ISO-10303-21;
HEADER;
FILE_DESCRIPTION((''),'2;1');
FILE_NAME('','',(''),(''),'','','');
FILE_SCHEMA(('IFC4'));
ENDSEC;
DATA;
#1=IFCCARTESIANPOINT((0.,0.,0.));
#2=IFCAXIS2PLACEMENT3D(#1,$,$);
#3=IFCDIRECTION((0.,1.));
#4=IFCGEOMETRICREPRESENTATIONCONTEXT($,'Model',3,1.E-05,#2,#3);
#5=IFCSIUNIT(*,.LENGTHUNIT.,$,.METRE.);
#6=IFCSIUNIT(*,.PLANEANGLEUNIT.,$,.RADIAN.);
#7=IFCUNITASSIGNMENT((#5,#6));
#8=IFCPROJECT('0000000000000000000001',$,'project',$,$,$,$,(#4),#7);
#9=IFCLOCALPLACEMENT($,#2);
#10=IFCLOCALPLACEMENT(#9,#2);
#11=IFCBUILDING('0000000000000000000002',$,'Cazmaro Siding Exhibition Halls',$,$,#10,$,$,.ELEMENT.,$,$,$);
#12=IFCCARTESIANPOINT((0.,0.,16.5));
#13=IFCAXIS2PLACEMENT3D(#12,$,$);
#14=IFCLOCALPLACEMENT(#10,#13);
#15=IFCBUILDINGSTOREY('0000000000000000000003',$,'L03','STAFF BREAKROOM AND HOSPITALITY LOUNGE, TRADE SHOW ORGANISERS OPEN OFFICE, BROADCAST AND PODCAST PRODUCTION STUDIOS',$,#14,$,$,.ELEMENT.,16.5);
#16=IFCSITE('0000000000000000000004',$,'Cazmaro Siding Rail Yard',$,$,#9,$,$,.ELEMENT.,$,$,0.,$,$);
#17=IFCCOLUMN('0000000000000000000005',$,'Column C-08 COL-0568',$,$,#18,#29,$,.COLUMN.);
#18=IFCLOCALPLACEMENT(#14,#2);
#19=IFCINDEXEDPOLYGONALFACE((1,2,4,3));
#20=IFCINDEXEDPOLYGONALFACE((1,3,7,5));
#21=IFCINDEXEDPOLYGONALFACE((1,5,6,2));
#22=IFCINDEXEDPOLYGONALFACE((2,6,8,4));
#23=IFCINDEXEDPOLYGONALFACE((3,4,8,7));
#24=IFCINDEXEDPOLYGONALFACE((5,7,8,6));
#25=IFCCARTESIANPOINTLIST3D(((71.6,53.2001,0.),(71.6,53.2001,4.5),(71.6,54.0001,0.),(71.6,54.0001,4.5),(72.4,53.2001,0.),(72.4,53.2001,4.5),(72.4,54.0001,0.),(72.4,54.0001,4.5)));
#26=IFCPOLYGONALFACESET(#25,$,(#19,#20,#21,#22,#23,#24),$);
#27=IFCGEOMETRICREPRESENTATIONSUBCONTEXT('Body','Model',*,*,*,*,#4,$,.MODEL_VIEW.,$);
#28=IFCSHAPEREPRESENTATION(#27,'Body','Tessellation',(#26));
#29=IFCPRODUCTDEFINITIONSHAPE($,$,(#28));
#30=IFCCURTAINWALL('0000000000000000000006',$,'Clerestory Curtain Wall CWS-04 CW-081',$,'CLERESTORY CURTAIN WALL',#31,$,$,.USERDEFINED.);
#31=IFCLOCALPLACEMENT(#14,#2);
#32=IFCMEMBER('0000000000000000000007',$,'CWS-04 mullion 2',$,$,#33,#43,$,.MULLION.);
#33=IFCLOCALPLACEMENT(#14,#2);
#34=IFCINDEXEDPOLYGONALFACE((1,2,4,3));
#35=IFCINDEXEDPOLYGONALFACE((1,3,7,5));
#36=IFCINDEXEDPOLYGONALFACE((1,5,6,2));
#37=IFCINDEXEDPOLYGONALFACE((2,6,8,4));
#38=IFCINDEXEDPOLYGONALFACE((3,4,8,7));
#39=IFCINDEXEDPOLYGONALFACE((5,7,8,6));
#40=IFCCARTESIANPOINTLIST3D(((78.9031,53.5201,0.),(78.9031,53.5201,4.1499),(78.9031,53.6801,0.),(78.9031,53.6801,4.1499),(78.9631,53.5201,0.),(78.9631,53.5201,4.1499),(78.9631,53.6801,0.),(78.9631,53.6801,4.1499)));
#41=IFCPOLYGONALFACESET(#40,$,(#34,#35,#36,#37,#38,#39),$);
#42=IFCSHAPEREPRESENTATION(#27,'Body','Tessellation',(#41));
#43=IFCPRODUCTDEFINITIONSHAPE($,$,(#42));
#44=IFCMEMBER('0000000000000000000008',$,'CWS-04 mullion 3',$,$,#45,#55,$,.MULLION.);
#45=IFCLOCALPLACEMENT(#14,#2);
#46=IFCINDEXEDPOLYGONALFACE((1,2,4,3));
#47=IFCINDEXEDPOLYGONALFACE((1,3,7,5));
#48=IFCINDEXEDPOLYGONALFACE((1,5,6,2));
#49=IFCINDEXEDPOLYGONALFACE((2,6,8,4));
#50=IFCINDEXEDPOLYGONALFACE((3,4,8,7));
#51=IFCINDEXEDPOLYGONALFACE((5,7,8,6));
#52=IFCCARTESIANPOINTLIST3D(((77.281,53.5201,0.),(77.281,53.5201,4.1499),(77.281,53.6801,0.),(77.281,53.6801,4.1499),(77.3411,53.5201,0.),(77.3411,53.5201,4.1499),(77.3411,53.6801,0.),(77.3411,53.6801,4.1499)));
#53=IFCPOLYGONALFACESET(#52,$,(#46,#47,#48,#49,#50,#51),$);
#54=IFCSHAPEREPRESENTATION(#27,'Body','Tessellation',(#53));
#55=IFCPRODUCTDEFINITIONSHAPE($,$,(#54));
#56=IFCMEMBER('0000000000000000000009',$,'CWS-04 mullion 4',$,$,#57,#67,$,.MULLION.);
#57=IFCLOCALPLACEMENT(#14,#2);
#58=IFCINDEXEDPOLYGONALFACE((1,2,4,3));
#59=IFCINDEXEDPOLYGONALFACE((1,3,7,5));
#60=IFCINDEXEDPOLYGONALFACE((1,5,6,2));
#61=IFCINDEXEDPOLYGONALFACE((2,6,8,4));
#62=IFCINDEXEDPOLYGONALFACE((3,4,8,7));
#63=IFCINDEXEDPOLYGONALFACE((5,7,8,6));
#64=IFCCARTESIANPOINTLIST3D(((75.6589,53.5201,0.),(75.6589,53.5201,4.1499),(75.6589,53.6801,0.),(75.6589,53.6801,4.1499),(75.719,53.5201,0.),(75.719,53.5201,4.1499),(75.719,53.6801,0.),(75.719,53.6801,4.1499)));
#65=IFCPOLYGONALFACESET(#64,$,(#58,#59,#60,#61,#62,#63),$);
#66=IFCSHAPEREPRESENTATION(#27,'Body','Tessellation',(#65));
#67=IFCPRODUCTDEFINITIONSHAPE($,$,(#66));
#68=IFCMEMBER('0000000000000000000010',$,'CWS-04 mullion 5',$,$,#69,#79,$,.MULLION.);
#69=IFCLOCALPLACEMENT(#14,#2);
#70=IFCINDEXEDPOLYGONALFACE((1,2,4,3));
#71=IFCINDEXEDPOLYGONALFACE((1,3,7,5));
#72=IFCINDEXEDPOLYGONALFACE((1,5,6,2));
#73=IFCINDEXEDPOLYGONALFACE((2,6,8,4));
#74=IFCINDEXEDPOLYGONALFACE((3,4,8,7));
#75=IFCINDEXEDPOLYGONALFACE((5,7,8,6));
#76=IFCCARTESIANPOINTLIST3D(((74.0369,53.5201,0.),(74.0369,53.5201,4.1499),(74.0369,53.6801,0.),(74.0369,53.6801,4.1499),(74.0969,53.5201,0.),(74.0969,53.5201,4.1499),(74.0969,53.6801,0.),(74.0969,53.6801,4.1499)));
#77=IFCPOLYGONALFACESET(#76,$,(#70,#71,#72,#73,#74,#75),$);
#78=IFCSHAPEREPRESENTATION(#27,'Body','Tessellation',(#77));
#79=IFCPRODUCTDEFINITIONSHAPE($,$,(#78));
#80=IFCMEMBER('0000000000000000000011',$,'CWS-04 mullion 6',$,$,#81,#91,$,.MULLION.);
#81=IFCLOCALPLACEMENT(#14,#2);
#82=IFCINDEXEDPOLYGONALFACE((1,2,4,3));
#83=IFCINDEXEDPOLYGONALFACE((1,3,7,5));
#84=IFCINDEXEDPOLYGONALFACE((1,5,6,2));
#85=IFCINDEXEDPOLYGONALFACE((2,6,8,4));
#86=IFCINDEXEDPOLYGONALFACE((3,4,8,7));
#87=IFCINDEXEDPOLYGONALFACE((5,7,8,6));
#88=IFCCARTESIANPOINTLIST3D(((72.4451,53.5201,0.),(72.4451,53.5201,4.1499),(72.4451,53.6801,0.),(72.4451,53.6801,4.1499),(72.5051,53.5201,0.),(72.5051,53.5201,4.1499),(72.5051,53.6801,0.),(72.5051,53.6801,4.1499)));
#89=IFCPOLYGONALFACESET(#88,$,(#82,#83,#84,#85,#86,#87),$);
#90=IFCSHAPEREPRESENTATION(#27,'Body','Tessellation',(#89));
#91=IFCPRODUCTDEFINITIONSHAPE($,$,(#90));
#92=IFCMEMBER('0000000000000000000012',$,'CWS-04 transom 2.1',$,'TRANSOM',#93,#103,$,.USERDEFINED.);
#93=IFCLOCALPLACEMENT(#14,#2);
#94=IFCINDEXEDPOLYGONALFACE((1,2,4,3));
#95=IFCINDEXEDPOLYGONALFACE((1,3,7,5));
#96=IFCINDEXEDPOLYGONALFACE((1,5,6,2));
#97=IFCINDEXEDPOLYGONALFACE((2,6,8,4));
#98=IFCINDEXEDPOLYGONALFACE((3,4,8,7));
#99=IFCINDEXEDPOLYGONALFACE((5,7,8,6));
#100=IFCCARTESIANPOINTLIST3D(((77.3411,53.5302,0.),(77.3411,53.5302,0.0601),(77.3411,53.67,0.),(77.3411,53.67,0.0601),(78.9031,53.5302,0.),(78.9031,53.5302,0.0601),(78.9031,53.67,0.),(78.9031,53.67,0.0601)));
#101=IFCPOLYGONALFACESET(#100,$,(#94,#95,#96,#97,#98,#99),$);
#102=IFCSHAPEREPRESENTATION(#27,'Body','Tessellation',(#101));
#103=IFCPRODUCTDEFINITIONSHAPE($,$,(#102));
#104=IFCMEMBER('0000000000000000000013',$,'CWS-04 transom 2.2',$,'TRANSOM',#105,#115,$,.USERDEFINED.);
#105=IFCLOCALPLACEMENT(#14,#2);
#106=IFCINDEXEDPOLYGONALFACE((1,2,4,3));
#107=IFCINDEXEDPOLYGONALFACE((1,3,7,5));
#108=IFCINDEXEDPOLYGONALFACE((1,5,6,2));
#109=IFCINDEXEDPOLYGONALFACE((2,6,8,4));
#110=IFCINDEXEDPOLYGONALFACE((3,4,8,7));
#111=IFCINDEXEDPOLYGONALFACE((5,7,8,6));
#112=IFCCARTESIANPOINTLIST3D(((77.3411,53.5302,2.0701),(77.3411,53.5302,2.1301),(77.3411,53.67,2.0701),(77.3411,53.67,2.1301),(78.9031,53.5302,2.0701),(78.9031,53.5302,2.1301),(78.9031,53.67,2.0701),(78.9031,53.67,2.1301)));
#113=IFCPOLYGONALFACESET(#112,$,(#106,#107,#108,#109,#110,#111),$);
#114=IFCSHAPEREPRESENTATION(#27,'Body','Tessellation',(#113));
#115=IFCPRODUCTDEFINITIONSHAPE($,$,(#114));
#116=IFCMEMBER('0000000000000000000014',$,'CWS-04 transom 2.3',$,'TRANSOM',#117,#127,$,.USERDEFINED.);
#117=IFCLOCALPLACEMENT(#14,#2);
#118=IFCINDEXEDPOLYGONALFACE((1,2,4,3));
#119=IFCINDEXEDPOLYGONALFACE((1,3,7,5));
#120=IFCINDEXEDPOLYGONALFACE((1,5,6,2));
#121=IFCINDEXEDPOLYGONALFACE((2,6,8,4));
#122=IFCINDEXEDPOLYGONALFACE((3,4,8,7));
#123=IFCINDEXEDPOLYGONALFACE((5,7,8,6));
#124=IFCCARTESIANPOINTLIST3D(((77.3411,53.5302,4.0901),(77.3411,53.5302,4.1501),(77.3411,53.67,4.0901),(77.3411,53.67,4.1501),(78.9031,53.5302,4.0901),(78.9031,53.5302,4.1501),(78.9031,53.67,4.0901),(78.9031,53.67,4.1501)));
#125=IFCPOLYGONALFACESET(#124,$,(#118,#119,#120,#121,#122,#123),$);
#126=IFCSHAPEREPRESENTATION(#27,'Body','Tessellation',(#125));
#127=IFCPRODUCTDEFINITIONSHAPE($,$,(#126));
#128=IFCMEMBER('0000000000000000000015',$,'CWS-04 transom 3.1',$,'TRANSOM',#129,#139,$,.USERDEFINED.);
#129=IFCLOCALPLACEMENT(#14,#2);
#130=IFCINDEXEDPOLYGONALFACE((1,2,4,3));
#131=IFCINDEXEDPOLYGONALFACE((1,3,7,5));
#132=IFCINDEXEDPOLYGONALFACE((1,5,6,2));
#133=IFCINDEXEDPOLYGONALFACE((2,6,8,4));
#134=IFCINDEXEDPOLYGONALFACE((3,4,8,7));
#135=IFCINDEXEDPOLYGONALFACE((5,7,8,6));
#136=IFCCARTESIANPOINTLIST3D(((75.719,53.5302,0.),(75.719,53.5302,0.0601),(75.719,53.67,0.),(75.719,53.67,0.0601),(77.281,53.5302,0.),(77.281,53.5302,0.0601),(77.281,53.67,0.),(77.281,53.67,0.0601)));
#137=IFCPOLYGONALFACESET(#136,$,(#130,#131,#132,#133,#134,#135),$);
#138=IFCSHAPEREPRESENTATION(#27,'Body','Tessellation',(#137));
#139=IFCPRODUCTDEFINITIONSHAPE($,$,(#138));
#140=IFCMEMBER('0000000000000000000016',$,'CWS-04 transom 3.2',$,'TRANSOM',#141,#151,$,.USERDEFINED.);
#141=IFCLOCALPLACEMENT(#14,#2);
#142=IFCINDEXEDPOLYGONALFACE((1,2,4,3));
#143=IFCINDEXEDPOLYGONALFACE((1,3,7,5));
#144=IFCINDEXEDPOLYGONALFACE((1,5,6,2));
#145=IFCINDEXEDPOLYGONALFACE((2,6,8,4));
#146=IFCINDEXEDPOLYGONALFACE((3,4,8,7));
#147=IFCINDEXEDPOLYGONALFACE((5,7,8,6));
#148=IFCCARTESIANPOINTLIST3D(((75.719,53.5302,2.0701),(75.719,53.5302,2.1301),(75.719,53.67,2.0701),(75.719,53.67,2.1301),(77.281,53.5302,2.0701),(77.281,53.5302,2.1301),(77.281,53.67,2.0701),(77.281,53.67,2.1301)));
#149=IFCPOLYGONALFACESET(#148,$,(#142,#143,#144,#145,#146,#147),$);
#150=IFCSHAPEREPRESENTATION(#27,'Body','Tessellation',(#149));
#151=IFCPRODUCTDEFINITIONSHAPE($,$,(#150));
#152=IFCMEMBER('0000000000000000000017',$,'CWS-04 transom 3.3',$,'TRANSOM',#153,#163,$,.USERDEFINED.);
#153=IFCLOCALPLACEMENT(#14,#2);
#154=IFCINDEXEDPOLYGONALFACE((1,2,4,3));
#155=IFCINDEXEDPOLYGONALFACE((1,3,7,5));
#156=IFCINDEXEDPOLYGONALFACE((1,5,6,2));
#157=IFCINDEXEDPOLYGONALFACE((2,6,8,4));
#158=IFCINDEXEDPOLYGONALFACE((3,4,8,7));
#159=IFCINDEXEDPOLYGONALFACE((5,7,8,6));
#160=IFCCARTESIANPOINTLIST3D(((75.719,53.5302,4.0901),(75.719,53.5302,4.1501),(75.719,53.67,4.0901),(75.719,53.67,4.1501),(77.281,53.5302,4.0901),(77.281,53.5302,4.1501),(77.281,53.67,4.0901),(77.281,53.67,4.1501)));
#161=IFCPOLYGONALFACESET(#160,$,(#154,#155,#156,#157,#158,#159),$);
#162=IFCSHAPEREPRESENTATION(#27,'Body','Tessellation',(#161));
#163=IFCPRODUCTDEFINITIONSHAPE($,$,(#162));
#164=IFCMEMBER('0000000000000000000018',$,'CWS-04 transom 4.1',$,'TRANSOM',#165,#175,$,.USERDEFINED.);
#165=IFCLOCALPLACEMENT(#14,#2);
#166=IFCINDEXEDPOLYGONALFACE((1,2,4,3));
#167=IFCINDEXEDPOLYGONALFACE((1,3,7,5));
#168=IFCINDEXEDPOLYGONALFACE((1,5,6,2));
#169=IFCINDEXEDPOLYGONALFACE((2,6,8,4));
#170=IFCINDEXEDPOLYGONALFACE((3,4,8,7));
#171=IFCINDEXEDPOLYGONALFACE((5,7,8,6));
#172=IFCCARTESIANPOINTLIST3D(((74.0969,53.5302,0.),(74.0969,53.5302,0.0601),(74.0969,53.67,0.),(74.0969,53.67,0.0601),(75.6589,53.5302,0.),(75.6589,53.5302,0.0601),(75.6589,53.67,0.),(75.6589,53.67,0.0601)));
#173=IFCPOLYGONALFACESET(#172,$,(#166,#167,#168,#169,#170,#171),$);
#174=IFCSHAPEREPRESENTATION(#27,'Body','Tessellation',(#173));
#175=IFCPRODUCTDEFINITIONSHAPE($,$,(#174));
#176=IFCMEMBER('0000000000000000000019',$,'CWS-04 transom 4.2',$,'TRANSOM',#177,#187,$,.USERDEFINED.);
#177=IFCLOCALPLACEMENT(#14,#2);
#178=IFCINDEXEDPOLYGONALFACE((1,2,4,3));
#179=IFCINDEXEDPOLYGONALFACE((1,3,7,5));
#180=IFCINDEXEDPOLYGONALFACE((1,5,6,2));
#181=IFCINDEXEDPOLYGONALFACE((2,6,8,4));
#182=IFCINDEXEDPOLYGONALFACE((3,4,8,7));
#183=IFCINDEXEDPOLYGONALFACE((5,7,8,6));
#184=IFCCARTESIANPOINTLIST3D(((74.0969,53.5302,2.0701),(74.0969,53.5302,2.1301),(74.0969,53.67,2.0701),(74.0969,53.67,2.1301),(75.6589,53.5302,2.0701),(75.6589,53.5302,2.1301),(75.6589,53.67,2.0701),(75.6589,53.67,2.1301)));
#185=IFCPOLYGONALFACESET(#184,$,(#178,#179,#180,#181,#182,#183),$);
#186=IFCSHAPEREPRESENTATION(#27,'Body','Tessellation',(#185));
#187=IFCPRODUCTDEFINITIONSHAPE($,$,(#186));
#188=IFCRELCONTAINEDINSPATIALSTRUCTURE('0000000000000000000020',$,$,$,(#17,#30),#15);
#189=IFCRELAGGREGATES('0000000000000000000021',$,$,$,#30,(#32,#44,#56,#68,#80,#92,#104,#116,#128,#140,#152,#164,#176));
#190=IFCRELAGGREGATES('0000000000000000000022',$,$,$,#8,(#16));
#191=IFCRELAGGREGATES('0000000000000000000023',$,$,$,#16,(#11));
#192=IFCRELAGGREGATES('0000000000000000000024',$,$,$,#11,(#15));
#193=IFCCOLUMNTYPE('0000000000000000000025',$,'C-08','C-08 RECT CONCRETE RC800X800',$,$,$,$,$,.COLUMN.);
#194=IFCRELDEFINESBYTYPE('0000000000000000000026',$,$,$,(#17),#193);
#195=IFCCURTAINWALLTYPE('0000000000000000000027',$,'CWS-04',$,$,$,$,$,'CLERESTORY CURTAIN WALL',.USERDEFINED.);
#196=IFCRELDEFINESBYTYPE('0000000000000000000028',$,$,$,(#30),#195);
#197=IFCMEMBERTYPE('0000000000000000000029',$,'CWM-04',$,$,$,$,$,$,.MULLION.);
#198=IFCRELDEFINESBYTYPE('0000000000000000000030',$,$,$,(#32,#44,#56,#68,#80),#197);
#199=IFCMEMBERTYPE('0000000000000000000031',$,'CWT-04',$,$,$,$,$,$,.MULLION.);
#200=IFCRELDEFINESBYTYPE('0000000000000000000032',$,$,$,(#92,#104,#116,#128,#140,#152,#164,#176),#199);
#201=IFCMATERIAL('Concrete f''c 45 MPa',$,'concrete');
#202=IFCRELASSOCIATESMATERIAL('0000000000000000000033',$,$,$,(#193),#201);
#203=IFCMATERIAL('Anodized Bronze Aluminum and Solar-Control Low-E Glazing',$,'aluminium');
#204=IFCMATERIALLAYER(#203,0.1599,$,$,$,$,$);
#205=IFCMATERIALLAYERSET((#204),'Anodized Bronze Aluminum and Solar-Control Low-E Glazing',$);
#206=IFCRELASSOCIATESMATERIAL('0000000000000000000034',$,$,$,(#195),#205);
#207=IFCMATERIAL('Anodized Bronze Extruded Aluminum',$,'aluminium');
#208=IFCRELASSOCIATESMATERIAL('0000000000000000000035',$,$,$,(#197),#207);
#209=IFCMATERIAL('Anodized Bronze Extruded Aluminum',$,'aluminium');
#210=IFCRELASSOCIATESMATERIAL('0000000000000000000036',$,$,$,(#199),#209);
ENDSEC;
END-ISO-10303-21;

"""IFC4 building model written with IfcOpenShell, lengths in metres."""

from ifc_helpers import new_model, si_unit, direction, frame, origin, origin_2d, place, context, subcontext, project, spatial, rectangle, extrude, material, layer, layer_set, material_profile, profile_set, type_object, element, aggregate, save


model = new_model("IFC4")

# Units and contexts
model_context = context("Model", 3, precision=1e-05, world=origin(), true_north=direction((0.0, 1.0)))
body_context = subcontext(model_context, "Body", "Model", "MODEL_VIEW")
ifc_project = project(units=[si_unit("LENGTHUNIT", "METRE"), si_unit("PLANEANGLEUNIT", "RADIAN")], contexts=[model_context])

# Site, building, storey
site_placement = place(None, origin())
site = spatial("IfcSite", under=ifc_project, at=site_placement, Name="Cazmaro Siding Rail Yard", CompositionType="ELEMENT", RefElevation=0.0)
building_placement = place(site_placement, origin())
building = spatial("IfcBuilding", under=site, at=building_placement, Name="Cazmaro Siding Exhibition Halls", CompositionType="ELEMENT")
storey_placement = place(building_placement, frame((0.0, 0.0, 16.5)))
storey = spatial("IfcBuildingStorey", under=building, at=storey_placement, Name="L03", Description="STAFF BREAKROOM AND HOSPITALITY LOUNGE, TRADE SHOW ORGANISERS OPEN OFFICE, BROADCAST AND PODCAST PRODUCTION STUDIOS", CompositionType="ELEMENT", Elevation=16.5)

# Column
ifc_material_1 = material(Name="Concrete f'c 45 MPa", Category="concrete")
ifc_material_profile_1 = material_profile(ifc_material_1, rectangle(XDim=0.8, YDim=0.8, at=origin_2d()), Name="RC800X800")
ifc_profile_set_1 = profile_set([ifc_material_profile_1], Name="Concrete f'c 45 MPa")
column_type = type_object("IfcColumnType", Name="C-08", Description="C-08 RECT CONCRETE RC800X800", PredefinedType="COLUMN", material=ifc_profile_set_1)
column_placement = place(storey_placement, frame((72.0, 53.6001, 0.0), z_axis=(0.0, 0.0, 1.0), x_axis=(1.0, 0.0, 0.0)))
element("IfcColumn", 1, at=column_placement, inside=storey, type_object=column_type, Name="Column C-08 COL-0568", PredefinedType="COLUMN", context=body_context, shape_type="SweptSolid", body=[
    extrude(rectangle(XDim=0.8, YDim=0.8, at=origin_2d()), origin(), (0.0, 0.0, 1.0), 4.5),
])

# Curtain wall, members
ifc_material_2 = material(Name="Anodized Bronze Aluminum and Solar-Control Low-E Glazing", Category="aluminium")
ifc_layer_1 = layer(ifc_material_2, 0.1599)
ifc_layer_set_1 = layer_set([ifc_layer_1], Name="Anodized Bronze Aluminum and Solar-Control Low-E Glazing")
curtain_wall_type = type_object("IfcCurtainWallType", Name="CWS-04", ElementType="CLERESTORY CURTAIN WALL", PredefinedType="USERDEFINED", material=ifc_layer_set_1)
curtain_wall_placement = place(storey_placement, origin())
curtain_wall = element("IfcCurtainWall", 2, at=curtain_wall_placement, inside=storey, type_object=curtain_wall_type, Name="Clerestory Curtain Wall CWS-04 CW-081", ObjectType="CLERESTORY CURTAIN WALL", PredefinedType="USERDEFINED")
ifc_material_3 = material(Name="Anodized Bronze Extruded Aluminum", Category="aluminium")
ifc_material_profile_2 = material_profile(ifc_material_3, rectangle(XDim=0.1599, YDim=0.0601, at=origin_2d()), Name="CWM-04")
ifc_profile_set_2 = profile_set([ifc_material_profile_2], Name="Anodized Bronze Extruded Aluminum")
member_type_1 = type_object("IfcMemberType", Name="CWM-04", PredefinedType="MULLION", material=ifc_profile_set_2)
member_1_placement = place(storey_placement, frame((78.9331, 53.6001, 0.0), z_axis=(0.0, 0.0, 1.0), x_axis=(0.0, -1.0, 0.0)))
member_1 = element("IfcMember", 3, at=member_1_placement, type_object=member_type_1, Name="CWS-04 mullion 2", PredefinedType="MULLION", context=body_context, shape_type="SweptSolid", body=[
    extrude(rectangle(XDim=0.1599, YDim=0.0601, at=origin_2d()), origin(), (0.0, 0.0, 1.0), 4.1499),
])
member_2_placement = place(storey_placement, frame((77.311, 53.6001, 0.0), z_axis=(0.0, 0.0, 1.0), x_axis=(0.0, -1.0, 0.0)))
member_2 = element("IfcMember", 4, at=member_2_placement, type_object=member_type_1, Name="CWS-04 mullion 3", PredefinedType="MULLION", context=body_context, shape_type="SweptSolid", body=[
    extrude(rectangle(XDim=0.1599, YDim=0.0601, at=origin_2d()), origin(), (0.0, 0.0, 1.0), 4.1499),
])
member_3_placement = place(storey_placement, frame((75.689, 53.6001, 0.0), z_axis=(0.0, 0.0, 1.0), x_axis=(0.0, -1.0, 0.0)))
member_3 = element("IfcMember", 5, at=member_3_placement, type_object=member_type_1, Name="CWS-04 mullion 4", PredefinedType="MULLION", context=body_context, shape_type="SweptSolid", body=[
    extrude(rectangle(XDim=0.1599, YDim=0.0601, at=origin_2d()), origin(), (0.0, 0.0, 1.0), 4.1499),
])
member_4_placement = place(storey_placement, frame((74.0669, 53.6001, 0.0), z_axis=(0.0, 0.0, 1.0), x_axis=(0.0, -1.0, 0.0)))
member_4 = element("IfcMember", 6, at=member_4_placement, type_object=member_type_1, Name="CWS-04 mullion 5", PredefinedType="MULLION", context=body_context, shape_type="SweptSolid", body=[
    extrude(rectangle(XDim=0.1599, YDim=0.0601, at=origin_2d()), origin(), (0.0, 0.0, 1.0), 4.1499),
])
member_5_placement = place(storey_placement, frame((72.4751, 53.6001, 0.0), z_axis=(0.0, 0.0, 1.0), x_axis=(0.0, -1.0, 0.0)))
member_5 = element("IfcMember", 7, at=member_5_placement, type_object=member_type_1, Name="CWS-04 mullion 6", PredefinedType="MULLION", context=body_context, shape_type="SweptSolid", body=[
    extrude(rectangle(XDim=0.1599, YDim=0.0601, at=origin_2d()), origin(), (0.0, 0.0, 1.0), 4.1499),
])
ifc_material_4 = material(Name="Anodized Bronze Extruded Aluminum", Category="aluminium")
ifc_material_profile_3 = material_profile(ifc_material_4, rectangle(XDim=0.1399, YDim=0.0601, at=origin_2d()), Name="CWT-04")
ifc_profile_set_3 = profile_set([ifc_material_profile_3], Name="Anodized Bronze Extruded Aluminum")
member_type_2 = type_object("IfcMemberType", Name="CWT-04", PredefinedType="MULLION", material=ifc_profile_set_3)
member_6_placement = place(storey_placement, frame((78.9031, 53.6001, 0.03), z_axis=(-1.0, 0.0, 0.0), x_axis=(0.0, -1.0, 0.0)))
member_6 = element("IfcMember", 8, at=member_6_placement, type_object=member_type_2, Name="CWS-04 transom 2.1", ObjectType="TRANSOM", PredefinedType="USERDEFINED", context=body_context, shape_type="SweptSolid", body=[
    extrude(rectangle(XDim=0.1399, YDim=0.0601, at=origin_2d()), origin(), (0.0, 0.0, 1.0), 1.562),
])
member_7_placement = place(storey_placement, frame((78.9031, 53.6001, 2.1001), z_axis=(-1.0, 0.0, 0.0), x_axis=(0.0, -1.0, 0.0)))
member_7 = element("IfcMember", 9, at=member_7_placement, type_object=member_type_2, Name="CWS-04 transom 2.2", ObjectType="TRANSOM", PredefinedType="USERDEFINED", context=body_context, shape_type="SweptSolid", body=[
    extrude(rectangle(XDim=0.1399, YDim=0.0601, at=origin_2d()), origin(), (0.0, 0.0, 1.0), 1.562),
])
member_8_placement = place(storey_placement, frame((78.9031, 53.6001, 4.1201), z_axis=(-1.0, 0.0, 0.0), x_axis=(0.0, -1.0, 0.0)))
member_8 = element("IfcMember", 10, at=member_8_placement, type_object=member_type_2, Name="CWS-04 transom 2.3", ObjectType="TRANSOM", PredefinedType="USERDEFINED", context=body_context, shape_type="SweptSolid", body=[
    extrude(rectangle(XDim=0.1399, YDim=0.0601, at=origin_2d()), origin(), (0.0, 0.0, 1.0), 1.562),
])
member_9_placement = place(storey_placement, frame((77.281, 53.6001, 0.03), z_axis=(-1.0, 0.0, 0.0), x_axis=(0.0, -1.0, 0.0)))
member_9 = element("IfcMember", 11, at=member_9_placement, type_object=member_type_2, Name="CWS-04 transom 3.1", ObjectType="TRANSOM", PredefinedType="USERDEFINED", context=body_context, shape_type="SweptSolid", body=[
    extrude(rectangle(XDim=0.1399, YDim=0.0601, at=origin_2d()), origin(), (0.0, 0.0, 1.0), 1.562),
])
member_10_placement = place(storey_placement, frame((77.281, 53.6001, 2.1001), z_axis=(-1.0, 0.0, 0.0), x_axis=(0.0, -1.0, 0.0)))
member_10 = element("IfcMember", 12, at=member_10_placement, type_object=member_type_2, Name="CWS-04 transom 3.2", ObjectType="TRANSOM", PredefinedType="USERDEFINED", context=body_context, shape_type="SweptSolid", body=[
    extrude(rectangle(XDim=0.1399, YDim=0.0601, at=origin_2d()), origin(), (0.0, 0.0, 1.0), 1.562),
])
member_11_placement = place(storey_placement, frame((77.281, 53.6001, 4.1201), z_axis=(-1.0, 0.0, 0.0), x_axis=(0.0, -1.0, 0.0)))
member_11 = element("IfcMember", 13, at=member_11_placement, type_object=member_type_2, Name="CWS-04 transom 3.3", ObjectType="TRANSOM", PredefinedType="USERDEFINED", context=body_context, shape_type="SweptSolid", body=[
    extrude(rectangle(XDim=0.1399, YDim=0.0601, at=origin_2d()), origin(), (0.0, 0.0, 1.0), 1.562),
])
member_12_placement = place(storey_placement, frame((75.6589, 53.6001, 0.03), z_axis=(-1.0, 0.0, 0.0), x_axis=(0.0, -1.0, 0.0)))
member_12 = element("IfcMember", 14, at=member_12_placement, type_object=member_type_2, Name="CWS-04 transom 4.1", ObjectType="TRANSOM", PredefinedType="USERDEFINED", context=body_context, shape_type="SweptSolid", body=[
    extrude(rectangle(XDim=0.1399, YDim=0.0601, at=origin_2d()), origin(), (0.0, 0.0, 1.0), 1.562),
])
member_13_placement = place(storey_placement, frame((75.6589, 53.6001, 2.1001), z_axis=(-1.0, 0.0, 0.0), x_axis=(0.0, -1.0, 0.0)))
member_13 = element("IfcMember", 15, at=member_13_placement, type_object=member_type_2, Name="CWS-04 transom 4.2", ObjectType="TRANSOM", PredefinedType="USERDEFINED", context=body_context, shape_type="SweptSolid", body=[
    extrude(rectangle(XDim=0.1399, YDim=0.0601, at=origin_2d()), origin(), (0.0, 0.0, 1.0), 1.562),
])

aggregate(curtain_wall, [member_1, member_2, member_3, member_4, member_5, member_6, member_7, member_8, member_9, member_10, member_11, member_12, member_13])

save(model, "model.ifc")
